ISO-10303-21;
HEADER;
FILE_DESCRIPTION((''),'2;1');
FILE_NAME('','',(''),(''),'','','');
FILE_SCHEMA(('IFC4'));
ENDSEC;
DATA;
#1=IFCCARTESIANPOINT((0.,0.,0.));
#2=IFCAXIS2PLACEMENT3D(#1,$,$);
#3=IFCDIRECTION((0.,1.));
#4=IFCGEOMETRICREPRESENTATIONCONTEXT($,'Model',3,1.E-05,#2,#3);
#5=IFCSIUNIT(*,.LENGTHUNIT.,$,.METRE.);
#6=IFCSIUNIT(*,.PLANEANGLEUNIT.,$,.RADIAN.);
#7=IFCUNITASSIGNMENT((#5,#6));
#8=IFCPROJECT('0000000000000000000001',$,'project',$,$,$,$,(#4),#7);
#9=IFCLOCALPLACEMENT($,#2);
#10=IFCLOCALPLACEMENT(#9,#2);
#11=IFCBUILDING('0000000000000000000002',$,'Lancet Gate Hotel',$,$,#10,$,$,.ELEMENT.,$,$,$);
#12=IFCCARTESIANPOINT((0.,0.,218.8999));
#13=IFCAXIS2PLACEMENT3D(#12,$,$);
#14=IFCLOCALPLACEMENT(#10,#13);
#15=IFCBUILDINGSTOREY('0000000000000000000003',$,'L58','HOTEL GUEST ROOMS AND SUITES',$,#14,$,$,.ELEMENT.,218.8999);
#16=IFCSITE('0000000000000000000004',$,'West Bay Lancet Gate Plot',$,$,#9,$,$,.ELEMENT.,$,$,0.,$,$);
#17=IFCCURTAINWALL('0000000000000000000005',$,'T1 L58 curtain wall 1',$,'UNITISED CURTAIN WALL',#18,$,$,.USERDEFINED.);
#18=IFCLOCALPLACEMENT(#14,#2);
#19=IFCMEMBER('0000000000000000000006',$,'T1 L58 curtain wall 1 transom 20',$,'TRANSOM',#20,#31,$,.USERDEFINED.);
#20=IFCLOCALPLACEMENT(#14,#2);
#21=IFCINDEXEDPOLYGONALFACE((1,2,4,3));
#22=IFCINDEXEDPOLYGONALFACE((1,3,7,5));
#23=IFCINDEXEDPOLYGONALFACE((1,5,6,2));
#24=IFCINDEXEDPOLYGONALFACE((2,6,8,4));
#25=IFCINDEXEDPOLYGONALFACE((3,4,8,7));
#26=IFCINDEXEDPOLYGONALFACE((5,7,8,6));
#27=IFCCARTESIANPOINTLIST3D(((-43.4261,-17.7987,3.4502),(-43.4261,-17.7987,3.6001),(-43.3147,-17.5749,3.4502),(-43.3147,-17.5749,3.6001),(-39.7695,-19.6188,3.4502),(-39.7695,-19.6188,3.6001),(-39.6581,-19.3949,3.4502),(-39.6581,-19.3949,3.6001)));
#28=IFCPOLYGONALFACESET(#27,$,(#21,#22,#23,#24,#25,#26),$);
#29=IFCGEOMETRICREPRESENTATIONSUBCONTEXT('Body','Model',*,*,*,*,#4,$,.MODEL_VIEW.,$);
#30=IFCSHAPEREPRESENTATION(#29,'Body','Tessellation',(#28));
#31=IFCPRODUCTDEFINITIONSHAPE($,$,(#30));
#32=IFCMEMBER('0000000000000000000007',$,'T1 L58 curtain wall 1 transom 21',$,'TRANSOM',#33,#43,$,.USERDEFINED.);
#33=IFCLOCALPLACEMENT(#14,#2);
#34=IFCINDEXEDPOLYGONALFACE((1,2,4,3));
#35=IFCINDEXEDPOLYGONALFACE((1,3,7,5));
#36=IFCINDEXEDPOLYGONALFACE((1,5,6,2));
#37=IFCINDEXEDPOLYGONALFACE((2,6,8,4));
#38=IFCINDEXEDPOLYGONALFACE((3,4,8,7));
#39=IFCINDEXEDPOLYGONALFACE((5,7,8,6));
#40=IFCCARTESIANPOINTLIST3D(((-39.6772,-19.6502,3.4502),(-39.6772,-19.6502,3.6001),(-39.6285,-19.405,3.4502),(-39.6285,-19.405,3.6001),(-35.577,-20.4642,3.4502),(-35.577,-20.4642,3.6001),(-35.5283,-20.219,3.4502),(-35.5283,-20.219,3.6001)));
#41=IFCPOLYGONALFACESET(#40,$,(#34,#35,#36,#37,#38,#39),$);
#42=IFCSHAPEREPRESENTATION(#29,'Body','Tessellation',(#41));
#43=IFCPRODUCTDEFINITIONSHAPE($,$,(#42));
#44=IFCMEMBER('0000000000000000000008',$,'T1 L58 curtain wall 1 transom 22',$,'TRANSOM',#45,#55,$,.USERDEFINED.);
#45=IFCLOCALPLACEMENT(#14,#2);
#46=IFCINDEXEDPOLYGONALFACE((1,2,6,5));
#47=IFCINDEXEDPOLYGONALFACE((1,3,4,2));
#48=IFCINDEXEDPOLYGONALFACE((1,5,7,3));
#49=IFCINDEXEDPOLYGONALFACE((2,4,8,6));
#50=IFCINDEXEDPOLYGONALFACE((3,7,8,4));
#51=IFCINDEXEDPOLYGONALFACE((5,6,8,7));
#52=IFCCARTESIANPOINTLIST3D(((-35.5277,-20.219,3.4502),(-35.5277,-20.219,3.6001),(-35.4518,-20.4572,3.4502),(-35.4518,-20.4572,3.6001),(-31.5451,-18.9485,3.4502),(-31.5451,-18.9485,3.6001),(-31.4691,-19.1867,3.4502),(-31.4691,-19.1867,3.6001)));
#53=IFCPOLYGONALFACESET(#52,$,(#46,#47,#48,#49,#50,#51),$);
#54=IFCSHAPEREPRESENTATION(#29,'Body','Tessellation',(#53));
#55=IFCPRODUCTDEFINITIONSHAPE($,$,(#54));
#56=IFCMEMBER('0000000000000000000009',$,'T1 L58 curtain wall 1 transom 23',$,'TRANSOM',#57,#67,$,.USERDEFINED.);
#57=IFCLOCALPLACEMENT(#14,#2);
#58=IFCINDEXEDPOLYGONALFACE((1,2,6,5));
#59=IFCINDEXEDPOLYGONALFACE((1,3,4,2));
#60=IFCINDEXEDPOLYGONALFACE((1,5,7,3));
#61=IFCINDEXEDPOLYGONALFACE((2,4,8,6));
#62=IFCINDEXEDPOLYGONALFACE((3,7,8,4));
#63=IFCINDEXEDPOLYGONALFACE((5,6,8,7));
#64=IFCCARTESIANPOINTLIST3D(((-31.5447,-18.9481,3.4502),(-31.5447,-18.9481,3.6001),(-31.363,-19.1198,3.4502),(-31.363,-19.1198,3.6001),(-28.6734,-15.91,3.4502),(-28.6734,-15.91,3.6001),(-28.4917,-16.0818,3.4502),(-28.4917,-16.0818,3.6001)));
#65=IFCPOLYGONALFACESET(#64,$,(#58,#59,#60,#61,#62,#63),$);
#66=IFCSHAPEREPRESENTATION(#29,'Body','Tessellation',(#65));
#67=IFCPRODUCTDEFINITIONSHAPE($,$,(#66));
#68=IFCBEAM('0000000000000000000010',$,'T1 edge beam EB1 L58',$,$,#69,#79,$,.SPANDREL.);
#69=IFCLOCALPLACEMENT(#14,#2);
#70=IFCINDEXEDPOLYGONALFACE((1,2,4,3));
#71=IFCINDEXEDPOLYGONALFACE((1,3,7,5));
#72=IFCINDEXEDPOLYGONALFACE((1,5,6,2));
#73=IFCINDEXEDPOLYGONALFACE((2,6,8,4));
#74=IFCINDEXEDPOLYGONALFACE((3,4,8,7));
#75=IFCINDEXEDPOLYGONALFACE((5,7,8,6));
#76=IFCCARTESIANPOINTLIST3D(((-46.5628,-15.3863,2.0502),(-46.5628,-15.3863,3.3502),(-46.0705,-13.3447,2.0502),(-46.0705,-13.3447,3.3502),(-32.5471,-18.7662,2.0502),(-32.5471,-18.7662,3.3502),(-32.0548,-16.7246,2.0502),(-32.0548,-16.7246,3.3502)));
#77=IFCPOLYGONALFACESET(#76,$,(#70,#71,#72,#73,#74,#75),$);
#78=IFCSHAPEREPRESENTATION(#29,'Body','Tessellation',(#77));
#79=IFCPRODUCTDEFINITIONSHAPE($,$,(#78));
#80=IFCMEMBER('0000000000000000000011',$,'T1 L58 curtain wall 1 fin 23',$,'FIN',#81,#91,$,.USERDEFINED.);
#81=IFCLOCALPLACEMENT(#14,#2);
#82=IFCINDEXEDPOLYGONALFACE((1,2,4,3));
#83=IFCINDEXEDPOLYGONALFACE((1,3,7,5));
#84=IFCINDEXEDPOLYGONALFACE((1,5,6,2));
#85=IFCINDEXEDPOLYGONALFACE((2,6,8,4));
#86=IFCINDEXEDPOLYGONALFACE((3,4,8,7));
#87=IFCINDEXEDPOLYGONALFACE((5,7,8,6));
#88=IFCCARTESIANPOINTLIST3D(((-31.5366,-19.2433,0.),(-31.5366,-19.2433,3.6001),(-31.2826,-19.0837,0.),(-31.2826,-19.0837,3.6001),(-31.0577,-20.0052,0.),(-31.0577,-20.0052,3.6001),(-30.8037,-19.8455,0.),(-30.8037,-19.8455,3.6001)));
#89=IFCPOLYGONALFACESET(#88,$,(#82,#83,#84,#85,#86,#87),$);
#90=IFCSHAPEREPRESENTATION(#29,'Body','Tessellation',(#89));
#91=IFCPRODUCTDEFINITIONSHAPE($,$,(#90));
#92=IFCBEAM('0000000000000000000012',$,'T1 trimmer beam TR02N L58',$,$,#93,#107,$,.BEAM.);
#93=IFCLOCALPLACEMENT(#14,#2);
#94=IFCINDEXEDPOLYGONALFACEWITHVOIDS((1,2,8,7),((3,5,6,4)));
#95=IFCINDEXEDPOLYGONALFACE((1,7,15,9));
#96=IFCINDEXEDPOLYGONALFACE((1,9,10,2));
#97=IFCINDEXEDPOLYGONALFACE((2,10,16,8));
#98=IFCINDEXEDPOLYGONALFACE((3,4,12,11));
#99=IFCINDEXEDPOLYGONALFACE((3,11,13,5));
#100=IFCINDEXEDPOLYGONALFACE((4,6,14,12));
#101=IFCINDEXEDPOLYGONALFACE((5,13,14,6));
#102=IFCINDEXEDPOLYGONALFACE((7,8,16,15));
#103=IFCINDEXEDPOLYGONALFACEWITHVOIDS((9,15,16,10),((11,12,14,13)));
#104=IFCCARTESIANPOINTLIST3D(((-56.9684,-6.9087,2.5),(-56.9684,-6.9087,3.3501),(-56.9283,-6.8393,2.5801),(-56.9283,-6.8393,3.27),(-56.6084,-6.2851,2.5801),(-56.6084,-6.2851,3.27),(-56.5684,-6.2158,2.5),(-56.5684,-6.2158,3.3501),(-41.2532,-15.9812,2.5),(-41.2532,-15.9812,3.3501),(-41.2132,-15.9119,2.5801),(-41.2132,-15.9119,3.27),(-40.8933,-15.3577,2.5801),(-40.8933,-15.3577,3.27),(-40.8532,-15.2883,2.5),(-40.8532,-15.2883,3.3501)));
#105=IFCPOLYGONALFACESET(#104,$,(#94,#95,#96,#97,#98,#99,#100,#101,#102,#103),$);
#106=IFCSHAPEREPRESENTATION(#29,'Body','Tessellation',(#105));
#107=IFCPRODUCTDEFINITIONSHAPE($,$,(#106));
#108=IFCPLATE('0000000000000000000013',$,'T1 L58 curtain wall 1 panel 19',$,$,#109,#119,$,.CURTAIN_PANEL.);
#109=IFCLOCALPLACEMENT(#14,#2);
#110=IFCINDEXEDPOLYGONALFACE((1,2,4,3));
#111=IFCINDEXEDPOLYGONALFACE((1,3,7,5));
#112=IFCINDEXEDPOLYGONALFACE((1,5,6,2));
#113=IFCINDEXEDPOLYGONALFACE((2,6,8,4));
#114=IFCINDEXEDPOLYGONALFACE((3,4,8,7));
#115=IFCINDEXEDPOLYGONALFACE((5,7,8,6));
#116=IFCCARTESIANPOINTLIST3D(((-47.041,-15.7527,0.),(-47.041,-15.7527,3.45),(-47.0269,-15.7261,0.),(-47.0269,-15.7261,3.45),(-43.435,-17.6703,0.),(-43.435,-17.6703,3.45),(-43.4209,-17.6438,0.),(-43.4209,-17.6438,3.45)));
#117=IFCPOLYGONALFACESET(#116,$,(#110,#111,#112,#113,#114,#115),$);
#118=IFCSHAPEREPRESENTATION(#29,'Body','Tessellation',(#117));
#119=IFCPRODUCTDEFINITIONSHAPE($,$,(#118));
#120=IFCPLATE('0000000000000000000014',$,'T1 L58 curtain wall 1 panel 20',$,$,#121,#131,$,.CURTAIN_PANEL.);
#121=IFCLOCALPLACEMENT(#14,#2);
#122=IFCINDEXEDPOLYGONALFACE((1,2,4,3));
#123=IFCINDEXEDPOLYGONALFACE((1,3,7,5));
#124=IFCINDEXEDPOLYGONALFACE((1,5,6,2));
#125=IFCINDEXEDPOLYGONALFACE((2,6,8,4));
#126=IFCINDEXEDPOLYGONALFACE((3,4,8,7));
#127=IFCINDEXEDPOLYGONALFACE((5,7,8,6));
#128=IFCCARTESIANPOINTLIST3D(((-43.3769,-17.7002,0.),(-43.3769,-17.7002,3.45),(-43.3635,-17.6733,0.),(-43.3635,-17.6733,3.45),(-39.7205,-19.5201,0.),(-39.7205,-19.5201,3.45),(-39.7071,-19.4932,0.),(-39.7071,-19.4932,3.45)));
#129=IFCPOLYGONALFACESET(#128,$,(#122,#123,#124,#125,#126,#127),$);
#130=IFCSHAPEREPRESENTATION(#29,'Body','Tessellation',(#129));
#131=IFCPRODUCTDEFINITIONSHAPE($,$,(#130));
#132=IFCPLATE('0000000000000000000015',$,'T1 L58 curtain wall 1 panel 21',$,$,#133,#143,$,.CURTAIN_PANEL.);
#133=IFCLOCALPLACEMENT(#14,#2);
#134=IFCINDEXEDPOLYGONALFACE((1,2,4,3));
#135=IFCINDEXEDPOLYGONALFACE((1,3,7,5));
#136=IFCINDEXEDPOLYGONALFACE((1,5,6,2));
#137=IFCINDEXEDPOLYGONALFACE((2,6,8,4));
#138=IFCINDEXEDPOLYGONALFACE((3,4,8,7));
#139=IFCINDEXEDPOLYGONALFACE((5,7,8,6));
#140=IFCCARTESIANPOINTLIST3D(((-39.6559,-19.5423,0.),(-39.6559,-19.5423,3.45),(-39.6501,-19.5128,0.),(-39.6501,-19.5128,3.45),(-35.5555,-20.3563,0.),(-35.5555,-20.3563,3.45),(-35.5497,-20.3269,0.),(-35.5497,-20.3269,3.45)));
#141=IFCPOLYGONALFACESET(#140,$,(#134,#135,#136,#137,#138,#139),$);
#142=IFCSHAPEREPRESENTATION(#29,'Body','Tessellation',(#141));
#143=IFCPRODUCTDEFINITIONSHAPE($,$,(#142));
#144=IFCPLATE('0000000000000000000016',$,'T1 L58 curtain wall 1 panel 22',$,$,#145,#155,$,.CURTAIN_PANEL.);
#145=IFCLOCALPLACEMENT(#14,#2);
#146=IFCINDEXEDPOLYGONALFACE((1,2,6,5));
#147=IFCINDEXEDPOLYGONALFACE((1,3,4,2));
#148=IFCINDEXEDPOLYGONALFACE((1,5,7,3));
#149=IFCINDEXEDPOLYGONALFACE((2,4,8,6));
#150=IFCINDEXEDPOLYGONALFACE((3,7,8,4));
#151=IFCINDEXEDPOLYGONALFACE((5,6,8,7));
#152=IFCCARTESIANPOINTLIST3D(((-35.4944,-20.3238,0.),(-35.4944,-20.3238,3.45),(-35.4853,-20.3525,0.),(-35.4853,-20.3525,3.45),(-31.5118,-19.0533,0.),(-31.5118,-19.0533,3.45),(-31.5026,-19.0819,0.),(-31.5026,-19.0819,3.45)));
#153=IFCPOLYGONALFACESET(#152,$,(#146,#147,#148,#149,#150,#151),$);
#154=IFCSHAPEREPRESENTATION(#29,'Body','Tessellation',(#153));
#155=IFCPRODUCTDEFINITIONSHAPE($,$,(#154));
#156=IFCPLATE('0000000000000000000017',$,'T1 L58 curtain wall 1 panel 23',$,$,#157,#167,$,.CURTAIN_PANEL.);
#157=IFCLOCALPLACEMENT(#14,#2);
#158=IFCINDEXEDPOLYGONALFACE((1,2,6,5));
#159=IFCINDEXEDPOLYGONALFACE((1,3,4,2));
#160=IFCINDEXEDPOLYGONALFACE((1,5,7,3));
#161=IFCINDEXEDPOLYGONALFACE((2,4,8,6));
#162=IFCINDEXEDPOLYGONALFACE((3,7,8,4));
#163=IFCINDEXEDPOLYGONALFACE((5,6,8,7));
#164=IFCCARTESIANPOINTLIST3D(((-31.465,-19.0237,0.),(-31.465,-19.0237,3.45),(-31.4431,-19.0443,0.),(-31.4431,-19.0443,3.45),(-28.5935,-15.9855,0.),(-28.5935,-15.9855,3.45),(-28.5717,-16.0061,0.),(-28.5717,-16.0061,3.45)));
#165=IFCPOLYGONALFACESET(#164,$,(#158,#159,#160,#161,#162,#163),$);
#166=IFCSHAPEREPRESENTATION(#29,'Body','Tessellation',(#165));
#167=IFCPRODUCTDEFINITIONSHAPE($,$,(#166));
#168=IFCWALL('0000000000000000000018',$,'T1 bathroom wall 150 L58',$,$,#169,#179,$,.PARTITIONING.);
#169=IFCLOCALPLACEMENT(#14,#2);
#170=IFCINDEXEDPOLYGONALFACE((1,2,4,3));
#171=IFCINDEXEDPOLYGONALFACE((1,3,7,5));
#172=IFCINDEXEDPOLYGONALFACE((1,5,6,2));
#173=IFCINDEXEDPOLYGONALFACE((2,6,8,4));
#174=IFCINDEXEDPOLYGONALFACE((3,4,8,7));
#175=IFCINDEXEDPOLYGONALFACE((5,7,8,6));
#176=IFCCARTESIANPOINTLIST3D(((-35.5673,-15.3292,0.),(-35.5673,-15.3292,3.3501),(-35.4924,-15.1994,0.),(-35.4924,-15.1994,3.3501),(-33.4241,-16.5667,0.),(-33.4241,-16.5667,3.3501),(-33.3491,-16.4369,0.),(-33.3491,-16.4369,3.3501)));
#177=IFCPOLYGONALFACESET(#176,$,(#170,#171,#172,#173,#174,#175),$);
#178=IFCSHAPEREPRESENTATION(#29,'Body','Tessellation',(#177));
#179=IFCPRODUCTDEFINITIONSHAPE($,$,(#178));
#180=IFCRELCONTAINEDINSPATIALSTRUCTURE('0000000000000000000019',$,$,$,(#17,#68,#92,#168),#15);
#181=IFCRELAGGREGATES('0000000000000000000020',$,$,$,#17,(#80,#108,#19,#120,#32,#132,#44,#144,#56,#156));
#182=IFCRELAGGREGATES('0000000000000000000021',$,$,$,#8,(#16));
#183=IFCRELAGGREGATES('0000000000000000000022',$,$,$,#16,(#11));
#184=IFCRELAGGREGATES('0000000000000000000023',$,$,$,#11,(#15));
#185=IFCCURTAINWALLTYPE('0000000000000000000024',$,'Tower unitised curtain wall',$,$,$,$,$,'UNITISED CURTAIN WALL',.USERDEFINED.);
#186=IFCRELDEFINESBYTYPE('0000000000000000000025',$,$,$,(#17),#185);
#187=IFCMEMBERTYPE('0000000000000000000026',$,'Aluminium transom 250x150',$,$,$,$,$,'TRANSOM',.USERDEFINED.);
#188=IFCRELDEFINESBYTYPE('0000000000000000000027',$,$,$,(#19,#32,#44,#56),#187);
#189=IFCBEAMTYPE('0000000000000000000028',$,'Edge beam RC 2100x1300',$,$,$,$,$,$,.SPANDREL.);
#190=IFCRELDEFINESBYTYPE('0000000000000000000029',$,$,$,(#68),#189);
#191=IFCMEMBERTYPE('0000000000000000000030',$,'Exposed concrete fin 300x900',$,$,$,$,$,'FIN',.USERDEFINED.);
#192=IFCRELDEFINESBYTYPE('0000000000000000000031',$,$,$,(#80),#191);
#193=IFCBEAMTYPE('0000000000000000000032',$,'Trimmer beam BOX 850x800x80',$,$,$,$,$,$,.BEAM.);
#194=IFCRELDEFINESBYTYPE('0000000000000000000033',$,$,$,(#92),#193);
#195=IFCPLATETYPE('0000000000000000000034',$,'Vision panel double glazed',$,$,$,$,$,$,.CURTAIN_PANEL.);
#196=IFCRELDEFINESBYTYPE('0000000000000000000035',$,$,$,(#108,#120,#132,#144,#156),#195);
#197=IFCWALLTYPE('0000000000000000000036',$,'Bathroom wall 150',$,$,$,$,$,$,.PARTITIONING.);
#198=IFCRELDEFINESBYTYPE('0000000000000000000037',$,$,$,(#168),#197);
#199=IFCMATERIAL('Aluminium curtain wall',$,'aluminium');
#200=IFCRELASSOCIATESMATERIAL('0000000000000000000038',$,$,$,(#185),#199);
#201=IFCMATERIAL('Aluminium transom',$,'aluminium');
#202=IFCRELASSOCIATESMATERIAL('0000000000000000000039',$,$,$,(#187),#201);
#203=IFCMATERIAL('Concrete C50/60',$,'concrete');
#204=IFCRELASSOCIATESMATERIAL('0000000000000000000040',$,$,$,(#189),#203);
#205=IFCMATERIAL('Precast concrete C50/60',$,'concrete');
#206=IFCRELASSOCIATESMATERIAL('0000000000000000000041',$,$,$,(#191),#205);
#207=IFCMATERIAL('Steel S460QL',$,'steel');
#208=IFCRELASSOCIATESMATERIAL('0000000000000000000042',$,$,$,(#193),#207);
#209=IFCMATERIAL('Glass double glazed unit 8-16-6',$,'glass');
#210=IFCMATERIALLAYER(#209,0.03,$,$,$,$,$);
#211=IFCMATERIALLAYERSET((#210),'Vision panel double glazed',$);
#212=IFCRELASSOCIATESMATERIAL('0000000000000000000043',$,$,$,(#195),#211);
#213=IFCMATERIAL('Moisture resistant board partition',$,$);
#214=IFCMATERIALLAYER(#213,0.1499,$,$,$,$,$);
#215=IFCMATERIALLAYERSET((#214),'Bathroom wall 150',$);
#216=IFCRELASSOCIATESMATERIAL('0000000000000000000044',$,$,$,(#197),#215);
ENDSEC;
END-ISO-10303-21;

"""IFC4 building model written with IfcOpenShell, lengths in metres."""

from ifc_helpers import new_model, si_unit, direction, frame, frame_2d, origin, origin_2d, place, context, subcontext, project, spatial, rectangle, hollow_rectangle, extrude, material, layer, layer_set, material_profile, profile_set, type_object, element, aggregate, save


model = new_model("IFC4")

# Units and contexts
model_context = context("Model", 3, precision=1e-05, world=origin(), true_north=direction((0.0, 1.0)))
body_context = subcontext(model_context, "Body", "Model", "MODEL_VIEW")
ifc_project = project(units=[si_unit("LENGTHUNIT", "METRE"), si_unit("PLANEANGLEUNIT", "RADIAN")], contexts=[model_context])

# Site, building, storey
site_placement = place(None, origin())
site = spatial("IfcSite", under=ifc_project, at=site_placement, Name="West Bay Lancet Gate Plot", CompositionType="ELEMENT", RefElevation=0.0)
building_placement = place(site_placement, origin())
building = spatial("IfcBuilding", under=site, at=building_placement, Name="Lancet Gate Hotel", CompositionType="ELEMENT")
storey_placement = place(building_placement, frame((0.0, 0.0, 218.8999)))
storey = spatial("IfcBuildingStorey", under=building, at=storey_placement, Name="L58", Description="HOTEL GUEST ROOMS AND SUITES", CompositionType="ELEMENT", Elevation=218.8999)

# Curtain wall, members
ifc_material_1 = material(Name="Aluminium curtain wall", Category="aluminium")
curtain_wall_type = type_object("IfcCurtainWallType", Name="Tower unitised curtain wall", ElementType="UNITISED CURTAIN WALL", PredefinedType="USERDEFINED", material=ifc_material_1)
curtain_wall_placement = place(storey_placement, origin())
curtain_wall = element("IfcCurtainWall", 1, at=curtain_wall_placement, inside=storey, type_object=curtain_wall_type, Name="T1 L58 curtain wall 1", ObjectType="UNITISED CURTAIN WALL", PredefinedType="USERDEFINED")
ifc_material_2 = material(Name="Aluminium transom", Category="aluminium")
ifc_material_profile_1 = material_profile(ifc_material_2, rectangle(XDim=0.25, YDim=0.1499, at=origin_2d()), Name="TRANSOM 250x150")
ifc_profile_set_1 = profile_set([ifc_material_profile_1], Name="Aluminium transom")
member_type_1 = type_object("IfcMemberType", Name="Aluminium transom 250x150", ElementType="TRANSOM", PredefinedType="USERDEFINED", material=ifc_profile_set_1)
member_1_placement = place(storey_placement, frame((-43.3704, -17.6868, 3.5251), z_axis=(0.895227, -0.445611, 0.0), x_axis=(0.445611, 0.895227, 0.0)))
member_1 = element("IfcMember", 2, at=member_1_placement, type_object=member_type_1, Name="T1 L58 curtain wall 1 transom 20", ObjectType="TRANSOM", PredefinedType="USERDEFINED", context=body_context, shape_type="SweptSolid", body=[
    extrude(rectangle(XDim=0.25, YDim=0.1499, at=origin_2d()), origin(), (0.0, 0.0, 1.0), 4.0845),
])
member_2_placement = place(storey_placement, frame((-39.6528, -19.5276, 3.5251), z_axis=(0.980858, -0.194723, 0.0), x_axis=(0.194723, 0.980858, 0.0)))
member_2 = element("IfcMember", 3, at=member_2_placement, type_object=member_type_1, Name="T1 L58 curtain wall 1 transom 21", ObjectType="TRANSOM", PredefinedType="USERDEFINED", context=body_context, shape_type="SweptSolid", body=[
    extrude(rectangle(XDim=0.25, YDim=0.1499, at=origin_2d()), origin(), (0.0, 0.0, 1.0), 4.1802),
])
member_3_placement = place(storey_placement, frame((-35.4897, -20.3381, 3.5251), z_axis=(0.952698, 0.30392, 0.0), x_axis=(-0.30392, 0.952698, 0.0)))
member_3 = element("IfcMember", 4, at=member_3_placement, type_object=member_type_1, Name="T1 L58 curtain wall 1 transom 22", ObjectType="TRANSOM", PredefinedType="USERDEFINED", context=body_context, shape_type="SweptSolid", body=[
    extrude(rectangle(XDim=0.25, YDim=0.1499, at=origin_2d()), origin(), (0.0, 0.0, 1.0), 4.1804),
])
member_4_placement = place(storey_placement, frame((-31.4539, -19.0339, 3.5251), z_axis=(0.686881, 0.72677, 0.0), x_axis=(-0.72677, 0.686881, 0.0)))
member_4 = element("IfcMember", 5, at=member_4_placement, type_object=member_type_1, Name="T1 L58 curtain wall 1 transom 23", ObjectType="TRANSOM", PredefinedType="USERDEFINED", context=body_context, shape_type="SweptSolid", body=[
    extrude(rectangle(XDim=0.25, YDim=0.1499, at=origin_2d()), origin(), (0.0, 0.0, 1.0), 4.1802),
])

# Beam
ifc_material_3 = material(Name="Concrete C50/60", Category="concrete")
ifc_material_profile_2 = material_profile(ifc_material_3, rectangle(XDim=2.1001, YDim=1.3, at=origin_2d()), Name="RC 2100x1300")
ifc_profile_set_2 = profile_set([ifc_material_profile_2], Name="Concrete C50/60")
beam_type_1 = type_object("IfcBeamType", Name="Edge beam RC 2100x1300", PredefinedType="SPANDREL", material=ifc_profile_set_2)
beam_1_placement = place(storey_placement, frame((-46.3167, -14.3655, 2.7002), z_axis=(0.972133, -0.234431, 0.0), x_axis=(0.234431, 0.972133, 0.0)))
element("IfcBeam", 6, at=beam_1_placement, inside=storey, type_object=beam_type_1, Name="T1 edge beam EB1 L58", PredefinedType="SPANDREL", context=body_context, shape_type="SweptSolid", body=[
    extrude(rectangle(XDim=2.1001, YDim=1.3, at=origin_2d()), origin(), (0.0, 0.0, 1.0), 14.4175),
])

# Member
ifc_material_4 = material(Name="Precast concrete C50/60", Category="concrete")
ifc_material_profile_3 = material_profile(ifc_material_4, rectangle(XDim=0.3, YDim=0.8999, at=origin_2d()), Name="FIN 300x900")
ifc_profile_set_3 = profile_set([ifc_material_profile_3], Name="Precast concrete C50/60")
member_type_2 = type_object("IfcMemberType", Name="Exposed concrete fin 300x900", ElementType="FIN", PredefinedType="USERDEFINED", material=ifc_profile_set_3)
member_5_placement = place(storey_placement, frame((-31.1702, -19.5444, 0.0), z_axis=(0.0, 0.0, 1.0), x_axis=(0.846613, 0.532209, 0.0)))
member_5 = element("IfcMember", 7, at=member_5_placement, type_object=member_type_2, Name="T1 L58 curtain wall 1 fin 23", ObjectType="FIN", PredefinedType="USERDEFINED", context=body_context, shape_type="SweptSolid", body=[
    extrude(rectangle(XDim=0.3, YDim=0.8999, at=origin_2d()), origin(), (0.0, 0.0, 1.0), 3.6001),
])

# Beam
ifc_material_5 = material(Name="Steel S460QL", Category="steel")
ifc_material_profile_4 = material_profile(ifc_material_5, hollow_rectangle(XDim=0.8, YDim=0.8501, WallThickness=0.0801, at=origin_2d()), Name="BOX 850x800x80")
ifc_profile_set_4 = profile_set([ifc_material_profile_4], Name="Steel S460QL")
beam_type_2 = type_object("IfcBeamType", Name="Trimmer beam BOX 850x800x80", PredefinedType="BEAM", material=ifc_profile_set_4)
beam_2_placement = place(storey_placement, frame((-41.0532, -15.6348, 2.925), z_axis=(-0.86604, 0.499975, 0.0), x_axis=(-0.499975, -0.86604, 0.0)))
element("IfcBeam", 8, at=beam_2_placement, inside=storey, type_object=beam_type_2, Name="T1 trimmer beam TR02N L58", PredefinedType="BEAM", context=body_context, shape_type="SweptSolid", body=[
    extrude(hollow_rectangle(XDim=0.8, YDim=0.8501, WallThickness=0.0801, at=origin_2d()), origin(), (0.0, 0.0, 1.0), 18.146),
])

# Plates
ifc_material_6 = material(Name="Glass double glazed unit 8-16-6", Category="glass")
ifc_layer_1 = layer(ifc_material_6, 0.03)
ifc_layer_set_1 = layer_set([ifc_layer_1], Name="Vision panel double glazed")
plate_type = type_object("IfcPlateType", Name="Vision panel double glazed", PredefinedType="CURTAIN_PANEL", material=ifc_layer_set_1)
plate_1_placement = place(storey_placement, frame((-45.231, -16.6982, 0.0), z_axis=(0.0, 0.0, 1.0), x_axis=(0.882916, -0.469531, 0.0)))
plate_1 = element("IfcPlate", 9, at=plate_1_placement, type_object=plate_type, Name="T1 L58 curtain wall 1 panel 19", PredefinedType="CURTAIN_PANEL", context=body_context, shape_type="SweptSolid", body=[
    extrude(rectangle(XDim=4.0842, YDim=0.03, at=origin_2d()), origin(), (0.0, 0.0, 1.0), 3.45),
])
plate_2_placement = place(storey_placement, frame((-41.542, -18.5967, 0.0), z_axis=(0.0, 0.0, 1.0), x_axis=(0.895234, -0.445596, 0.0)))
plate_2 = element("IfcPlate", 10, at=plate_2_placement, type_object=plate_type, Name="T1 L58 curtain wall 1 panel 20", PredefinedType="CURTAIN_PANEL", context=body_context, shape_type="SweptSolid", body=[
    extrude(rectangle(XDim=4.0842, YDim=0.03, at=origin_2d()), origin(), (0.0, 0.0, 1.0), 3.45),
])
plate_3_placement = place(storey_placement, frame((-37.6028, -19.9346, 0.0), z_axis=(0.0, 0.0, 1.0), x_axis=(0.980857, -0.194731, 0.0)))
plate_3 = element("IfcPlate", 11, at=plate_3_placement, type_object=plate_type, Name="T1 L58 curtain wall 1 panel 21", PredefinedType="CURTAIN_PANEL", context=body_context, shape_type="SweptSolid", body=[
    extrude(rectangle(XDim=4.1804, YDim=0.03, at=origin_2d()), origin(), (0.0, 0.0, 1.0), 3.45),
])
plate_4_placement = place(storey_placement, frame((-33.4985, -19.7029, 0.0), z_axis=(0.0, 0.0, 1.0), x_axis=(0.952696, 0.303926, 0.0)))
plate_4 = element("IfcPlate", 12, at=plate_4_placement, type_object=plate_type, Name="T1 L58 curtain wall 1 panel 22", PredefinedType="CURTAIN_PANEL", context=body_context, shape_type="SweptSolid", body=[
    extrude(rectangle(XDim=4.1804, YDim=0.03, at=origin_2d()), origin(), (0.0, 0.0, 1.0), 3.45),
])
plate_5_placement = place(storey_placement, frame((-30.0183, -17.5149, 0.0), z_axis=(0.0, 0.0, 1.0), x_axis=(0.686883, 0.726768, 0.0)))
plate_5 = element("IfcPlate", 13, at=plate_5_placement, type_object=plate_type, Name="T1 L58 curtain wall 1 panel 23", PredefinedType="CURTAIN_PANEL", context=body_context, shape_type="SweptSolid", body=[
    extrude(rectangle(XDim=4.1804, YDim=0.03, at=origin_2d()), origin(), (0.0, 0.0, 1.0), 3.45),
])
aggregate(curtain_wall, [member_5, plate_1, member_1, plate_2, member_2, plate_3, member_3, plate_4, member_4, plate_5])

# Wall
ifc_material_7 = material(Name="Moisture resistant board partition")
ifc_layer_2 = layer(ifc_material_7, 0.1499)
ifc_layer_set_2 = layer_set([ifc_layer_2], Name="Bathroom wall 150")
wall_type_1 = type_object("IfcWallType", Name="Bathroom wall 150", PredefinedType="PARTITIONING", material=ifc_layer_set_2)
wall_1_placement = place(storey_placement, frame((-33.3867, -16.5017, 0.0), z_axis=(0.0, 0.0, 1.0), x_axis=(-0.866007, 0.500033, 0.0)))
element("IfcWall", 14, at=wall_1_placement, inside=storey, type_object=wall_type_1, Name="T1 bathroom wall 150 L58", PredefinedType="PARTITIONING", context=body_context, shape_type="SweptSolid", body=[
    extrude(rectangle(XDim=2.4749, YDim=0.1499, at=frame_2d((1.2373, 0.0))), origin(), (0.0, 0.0, 1.0), 3.3501),
])

save(model, "model.ifc")
